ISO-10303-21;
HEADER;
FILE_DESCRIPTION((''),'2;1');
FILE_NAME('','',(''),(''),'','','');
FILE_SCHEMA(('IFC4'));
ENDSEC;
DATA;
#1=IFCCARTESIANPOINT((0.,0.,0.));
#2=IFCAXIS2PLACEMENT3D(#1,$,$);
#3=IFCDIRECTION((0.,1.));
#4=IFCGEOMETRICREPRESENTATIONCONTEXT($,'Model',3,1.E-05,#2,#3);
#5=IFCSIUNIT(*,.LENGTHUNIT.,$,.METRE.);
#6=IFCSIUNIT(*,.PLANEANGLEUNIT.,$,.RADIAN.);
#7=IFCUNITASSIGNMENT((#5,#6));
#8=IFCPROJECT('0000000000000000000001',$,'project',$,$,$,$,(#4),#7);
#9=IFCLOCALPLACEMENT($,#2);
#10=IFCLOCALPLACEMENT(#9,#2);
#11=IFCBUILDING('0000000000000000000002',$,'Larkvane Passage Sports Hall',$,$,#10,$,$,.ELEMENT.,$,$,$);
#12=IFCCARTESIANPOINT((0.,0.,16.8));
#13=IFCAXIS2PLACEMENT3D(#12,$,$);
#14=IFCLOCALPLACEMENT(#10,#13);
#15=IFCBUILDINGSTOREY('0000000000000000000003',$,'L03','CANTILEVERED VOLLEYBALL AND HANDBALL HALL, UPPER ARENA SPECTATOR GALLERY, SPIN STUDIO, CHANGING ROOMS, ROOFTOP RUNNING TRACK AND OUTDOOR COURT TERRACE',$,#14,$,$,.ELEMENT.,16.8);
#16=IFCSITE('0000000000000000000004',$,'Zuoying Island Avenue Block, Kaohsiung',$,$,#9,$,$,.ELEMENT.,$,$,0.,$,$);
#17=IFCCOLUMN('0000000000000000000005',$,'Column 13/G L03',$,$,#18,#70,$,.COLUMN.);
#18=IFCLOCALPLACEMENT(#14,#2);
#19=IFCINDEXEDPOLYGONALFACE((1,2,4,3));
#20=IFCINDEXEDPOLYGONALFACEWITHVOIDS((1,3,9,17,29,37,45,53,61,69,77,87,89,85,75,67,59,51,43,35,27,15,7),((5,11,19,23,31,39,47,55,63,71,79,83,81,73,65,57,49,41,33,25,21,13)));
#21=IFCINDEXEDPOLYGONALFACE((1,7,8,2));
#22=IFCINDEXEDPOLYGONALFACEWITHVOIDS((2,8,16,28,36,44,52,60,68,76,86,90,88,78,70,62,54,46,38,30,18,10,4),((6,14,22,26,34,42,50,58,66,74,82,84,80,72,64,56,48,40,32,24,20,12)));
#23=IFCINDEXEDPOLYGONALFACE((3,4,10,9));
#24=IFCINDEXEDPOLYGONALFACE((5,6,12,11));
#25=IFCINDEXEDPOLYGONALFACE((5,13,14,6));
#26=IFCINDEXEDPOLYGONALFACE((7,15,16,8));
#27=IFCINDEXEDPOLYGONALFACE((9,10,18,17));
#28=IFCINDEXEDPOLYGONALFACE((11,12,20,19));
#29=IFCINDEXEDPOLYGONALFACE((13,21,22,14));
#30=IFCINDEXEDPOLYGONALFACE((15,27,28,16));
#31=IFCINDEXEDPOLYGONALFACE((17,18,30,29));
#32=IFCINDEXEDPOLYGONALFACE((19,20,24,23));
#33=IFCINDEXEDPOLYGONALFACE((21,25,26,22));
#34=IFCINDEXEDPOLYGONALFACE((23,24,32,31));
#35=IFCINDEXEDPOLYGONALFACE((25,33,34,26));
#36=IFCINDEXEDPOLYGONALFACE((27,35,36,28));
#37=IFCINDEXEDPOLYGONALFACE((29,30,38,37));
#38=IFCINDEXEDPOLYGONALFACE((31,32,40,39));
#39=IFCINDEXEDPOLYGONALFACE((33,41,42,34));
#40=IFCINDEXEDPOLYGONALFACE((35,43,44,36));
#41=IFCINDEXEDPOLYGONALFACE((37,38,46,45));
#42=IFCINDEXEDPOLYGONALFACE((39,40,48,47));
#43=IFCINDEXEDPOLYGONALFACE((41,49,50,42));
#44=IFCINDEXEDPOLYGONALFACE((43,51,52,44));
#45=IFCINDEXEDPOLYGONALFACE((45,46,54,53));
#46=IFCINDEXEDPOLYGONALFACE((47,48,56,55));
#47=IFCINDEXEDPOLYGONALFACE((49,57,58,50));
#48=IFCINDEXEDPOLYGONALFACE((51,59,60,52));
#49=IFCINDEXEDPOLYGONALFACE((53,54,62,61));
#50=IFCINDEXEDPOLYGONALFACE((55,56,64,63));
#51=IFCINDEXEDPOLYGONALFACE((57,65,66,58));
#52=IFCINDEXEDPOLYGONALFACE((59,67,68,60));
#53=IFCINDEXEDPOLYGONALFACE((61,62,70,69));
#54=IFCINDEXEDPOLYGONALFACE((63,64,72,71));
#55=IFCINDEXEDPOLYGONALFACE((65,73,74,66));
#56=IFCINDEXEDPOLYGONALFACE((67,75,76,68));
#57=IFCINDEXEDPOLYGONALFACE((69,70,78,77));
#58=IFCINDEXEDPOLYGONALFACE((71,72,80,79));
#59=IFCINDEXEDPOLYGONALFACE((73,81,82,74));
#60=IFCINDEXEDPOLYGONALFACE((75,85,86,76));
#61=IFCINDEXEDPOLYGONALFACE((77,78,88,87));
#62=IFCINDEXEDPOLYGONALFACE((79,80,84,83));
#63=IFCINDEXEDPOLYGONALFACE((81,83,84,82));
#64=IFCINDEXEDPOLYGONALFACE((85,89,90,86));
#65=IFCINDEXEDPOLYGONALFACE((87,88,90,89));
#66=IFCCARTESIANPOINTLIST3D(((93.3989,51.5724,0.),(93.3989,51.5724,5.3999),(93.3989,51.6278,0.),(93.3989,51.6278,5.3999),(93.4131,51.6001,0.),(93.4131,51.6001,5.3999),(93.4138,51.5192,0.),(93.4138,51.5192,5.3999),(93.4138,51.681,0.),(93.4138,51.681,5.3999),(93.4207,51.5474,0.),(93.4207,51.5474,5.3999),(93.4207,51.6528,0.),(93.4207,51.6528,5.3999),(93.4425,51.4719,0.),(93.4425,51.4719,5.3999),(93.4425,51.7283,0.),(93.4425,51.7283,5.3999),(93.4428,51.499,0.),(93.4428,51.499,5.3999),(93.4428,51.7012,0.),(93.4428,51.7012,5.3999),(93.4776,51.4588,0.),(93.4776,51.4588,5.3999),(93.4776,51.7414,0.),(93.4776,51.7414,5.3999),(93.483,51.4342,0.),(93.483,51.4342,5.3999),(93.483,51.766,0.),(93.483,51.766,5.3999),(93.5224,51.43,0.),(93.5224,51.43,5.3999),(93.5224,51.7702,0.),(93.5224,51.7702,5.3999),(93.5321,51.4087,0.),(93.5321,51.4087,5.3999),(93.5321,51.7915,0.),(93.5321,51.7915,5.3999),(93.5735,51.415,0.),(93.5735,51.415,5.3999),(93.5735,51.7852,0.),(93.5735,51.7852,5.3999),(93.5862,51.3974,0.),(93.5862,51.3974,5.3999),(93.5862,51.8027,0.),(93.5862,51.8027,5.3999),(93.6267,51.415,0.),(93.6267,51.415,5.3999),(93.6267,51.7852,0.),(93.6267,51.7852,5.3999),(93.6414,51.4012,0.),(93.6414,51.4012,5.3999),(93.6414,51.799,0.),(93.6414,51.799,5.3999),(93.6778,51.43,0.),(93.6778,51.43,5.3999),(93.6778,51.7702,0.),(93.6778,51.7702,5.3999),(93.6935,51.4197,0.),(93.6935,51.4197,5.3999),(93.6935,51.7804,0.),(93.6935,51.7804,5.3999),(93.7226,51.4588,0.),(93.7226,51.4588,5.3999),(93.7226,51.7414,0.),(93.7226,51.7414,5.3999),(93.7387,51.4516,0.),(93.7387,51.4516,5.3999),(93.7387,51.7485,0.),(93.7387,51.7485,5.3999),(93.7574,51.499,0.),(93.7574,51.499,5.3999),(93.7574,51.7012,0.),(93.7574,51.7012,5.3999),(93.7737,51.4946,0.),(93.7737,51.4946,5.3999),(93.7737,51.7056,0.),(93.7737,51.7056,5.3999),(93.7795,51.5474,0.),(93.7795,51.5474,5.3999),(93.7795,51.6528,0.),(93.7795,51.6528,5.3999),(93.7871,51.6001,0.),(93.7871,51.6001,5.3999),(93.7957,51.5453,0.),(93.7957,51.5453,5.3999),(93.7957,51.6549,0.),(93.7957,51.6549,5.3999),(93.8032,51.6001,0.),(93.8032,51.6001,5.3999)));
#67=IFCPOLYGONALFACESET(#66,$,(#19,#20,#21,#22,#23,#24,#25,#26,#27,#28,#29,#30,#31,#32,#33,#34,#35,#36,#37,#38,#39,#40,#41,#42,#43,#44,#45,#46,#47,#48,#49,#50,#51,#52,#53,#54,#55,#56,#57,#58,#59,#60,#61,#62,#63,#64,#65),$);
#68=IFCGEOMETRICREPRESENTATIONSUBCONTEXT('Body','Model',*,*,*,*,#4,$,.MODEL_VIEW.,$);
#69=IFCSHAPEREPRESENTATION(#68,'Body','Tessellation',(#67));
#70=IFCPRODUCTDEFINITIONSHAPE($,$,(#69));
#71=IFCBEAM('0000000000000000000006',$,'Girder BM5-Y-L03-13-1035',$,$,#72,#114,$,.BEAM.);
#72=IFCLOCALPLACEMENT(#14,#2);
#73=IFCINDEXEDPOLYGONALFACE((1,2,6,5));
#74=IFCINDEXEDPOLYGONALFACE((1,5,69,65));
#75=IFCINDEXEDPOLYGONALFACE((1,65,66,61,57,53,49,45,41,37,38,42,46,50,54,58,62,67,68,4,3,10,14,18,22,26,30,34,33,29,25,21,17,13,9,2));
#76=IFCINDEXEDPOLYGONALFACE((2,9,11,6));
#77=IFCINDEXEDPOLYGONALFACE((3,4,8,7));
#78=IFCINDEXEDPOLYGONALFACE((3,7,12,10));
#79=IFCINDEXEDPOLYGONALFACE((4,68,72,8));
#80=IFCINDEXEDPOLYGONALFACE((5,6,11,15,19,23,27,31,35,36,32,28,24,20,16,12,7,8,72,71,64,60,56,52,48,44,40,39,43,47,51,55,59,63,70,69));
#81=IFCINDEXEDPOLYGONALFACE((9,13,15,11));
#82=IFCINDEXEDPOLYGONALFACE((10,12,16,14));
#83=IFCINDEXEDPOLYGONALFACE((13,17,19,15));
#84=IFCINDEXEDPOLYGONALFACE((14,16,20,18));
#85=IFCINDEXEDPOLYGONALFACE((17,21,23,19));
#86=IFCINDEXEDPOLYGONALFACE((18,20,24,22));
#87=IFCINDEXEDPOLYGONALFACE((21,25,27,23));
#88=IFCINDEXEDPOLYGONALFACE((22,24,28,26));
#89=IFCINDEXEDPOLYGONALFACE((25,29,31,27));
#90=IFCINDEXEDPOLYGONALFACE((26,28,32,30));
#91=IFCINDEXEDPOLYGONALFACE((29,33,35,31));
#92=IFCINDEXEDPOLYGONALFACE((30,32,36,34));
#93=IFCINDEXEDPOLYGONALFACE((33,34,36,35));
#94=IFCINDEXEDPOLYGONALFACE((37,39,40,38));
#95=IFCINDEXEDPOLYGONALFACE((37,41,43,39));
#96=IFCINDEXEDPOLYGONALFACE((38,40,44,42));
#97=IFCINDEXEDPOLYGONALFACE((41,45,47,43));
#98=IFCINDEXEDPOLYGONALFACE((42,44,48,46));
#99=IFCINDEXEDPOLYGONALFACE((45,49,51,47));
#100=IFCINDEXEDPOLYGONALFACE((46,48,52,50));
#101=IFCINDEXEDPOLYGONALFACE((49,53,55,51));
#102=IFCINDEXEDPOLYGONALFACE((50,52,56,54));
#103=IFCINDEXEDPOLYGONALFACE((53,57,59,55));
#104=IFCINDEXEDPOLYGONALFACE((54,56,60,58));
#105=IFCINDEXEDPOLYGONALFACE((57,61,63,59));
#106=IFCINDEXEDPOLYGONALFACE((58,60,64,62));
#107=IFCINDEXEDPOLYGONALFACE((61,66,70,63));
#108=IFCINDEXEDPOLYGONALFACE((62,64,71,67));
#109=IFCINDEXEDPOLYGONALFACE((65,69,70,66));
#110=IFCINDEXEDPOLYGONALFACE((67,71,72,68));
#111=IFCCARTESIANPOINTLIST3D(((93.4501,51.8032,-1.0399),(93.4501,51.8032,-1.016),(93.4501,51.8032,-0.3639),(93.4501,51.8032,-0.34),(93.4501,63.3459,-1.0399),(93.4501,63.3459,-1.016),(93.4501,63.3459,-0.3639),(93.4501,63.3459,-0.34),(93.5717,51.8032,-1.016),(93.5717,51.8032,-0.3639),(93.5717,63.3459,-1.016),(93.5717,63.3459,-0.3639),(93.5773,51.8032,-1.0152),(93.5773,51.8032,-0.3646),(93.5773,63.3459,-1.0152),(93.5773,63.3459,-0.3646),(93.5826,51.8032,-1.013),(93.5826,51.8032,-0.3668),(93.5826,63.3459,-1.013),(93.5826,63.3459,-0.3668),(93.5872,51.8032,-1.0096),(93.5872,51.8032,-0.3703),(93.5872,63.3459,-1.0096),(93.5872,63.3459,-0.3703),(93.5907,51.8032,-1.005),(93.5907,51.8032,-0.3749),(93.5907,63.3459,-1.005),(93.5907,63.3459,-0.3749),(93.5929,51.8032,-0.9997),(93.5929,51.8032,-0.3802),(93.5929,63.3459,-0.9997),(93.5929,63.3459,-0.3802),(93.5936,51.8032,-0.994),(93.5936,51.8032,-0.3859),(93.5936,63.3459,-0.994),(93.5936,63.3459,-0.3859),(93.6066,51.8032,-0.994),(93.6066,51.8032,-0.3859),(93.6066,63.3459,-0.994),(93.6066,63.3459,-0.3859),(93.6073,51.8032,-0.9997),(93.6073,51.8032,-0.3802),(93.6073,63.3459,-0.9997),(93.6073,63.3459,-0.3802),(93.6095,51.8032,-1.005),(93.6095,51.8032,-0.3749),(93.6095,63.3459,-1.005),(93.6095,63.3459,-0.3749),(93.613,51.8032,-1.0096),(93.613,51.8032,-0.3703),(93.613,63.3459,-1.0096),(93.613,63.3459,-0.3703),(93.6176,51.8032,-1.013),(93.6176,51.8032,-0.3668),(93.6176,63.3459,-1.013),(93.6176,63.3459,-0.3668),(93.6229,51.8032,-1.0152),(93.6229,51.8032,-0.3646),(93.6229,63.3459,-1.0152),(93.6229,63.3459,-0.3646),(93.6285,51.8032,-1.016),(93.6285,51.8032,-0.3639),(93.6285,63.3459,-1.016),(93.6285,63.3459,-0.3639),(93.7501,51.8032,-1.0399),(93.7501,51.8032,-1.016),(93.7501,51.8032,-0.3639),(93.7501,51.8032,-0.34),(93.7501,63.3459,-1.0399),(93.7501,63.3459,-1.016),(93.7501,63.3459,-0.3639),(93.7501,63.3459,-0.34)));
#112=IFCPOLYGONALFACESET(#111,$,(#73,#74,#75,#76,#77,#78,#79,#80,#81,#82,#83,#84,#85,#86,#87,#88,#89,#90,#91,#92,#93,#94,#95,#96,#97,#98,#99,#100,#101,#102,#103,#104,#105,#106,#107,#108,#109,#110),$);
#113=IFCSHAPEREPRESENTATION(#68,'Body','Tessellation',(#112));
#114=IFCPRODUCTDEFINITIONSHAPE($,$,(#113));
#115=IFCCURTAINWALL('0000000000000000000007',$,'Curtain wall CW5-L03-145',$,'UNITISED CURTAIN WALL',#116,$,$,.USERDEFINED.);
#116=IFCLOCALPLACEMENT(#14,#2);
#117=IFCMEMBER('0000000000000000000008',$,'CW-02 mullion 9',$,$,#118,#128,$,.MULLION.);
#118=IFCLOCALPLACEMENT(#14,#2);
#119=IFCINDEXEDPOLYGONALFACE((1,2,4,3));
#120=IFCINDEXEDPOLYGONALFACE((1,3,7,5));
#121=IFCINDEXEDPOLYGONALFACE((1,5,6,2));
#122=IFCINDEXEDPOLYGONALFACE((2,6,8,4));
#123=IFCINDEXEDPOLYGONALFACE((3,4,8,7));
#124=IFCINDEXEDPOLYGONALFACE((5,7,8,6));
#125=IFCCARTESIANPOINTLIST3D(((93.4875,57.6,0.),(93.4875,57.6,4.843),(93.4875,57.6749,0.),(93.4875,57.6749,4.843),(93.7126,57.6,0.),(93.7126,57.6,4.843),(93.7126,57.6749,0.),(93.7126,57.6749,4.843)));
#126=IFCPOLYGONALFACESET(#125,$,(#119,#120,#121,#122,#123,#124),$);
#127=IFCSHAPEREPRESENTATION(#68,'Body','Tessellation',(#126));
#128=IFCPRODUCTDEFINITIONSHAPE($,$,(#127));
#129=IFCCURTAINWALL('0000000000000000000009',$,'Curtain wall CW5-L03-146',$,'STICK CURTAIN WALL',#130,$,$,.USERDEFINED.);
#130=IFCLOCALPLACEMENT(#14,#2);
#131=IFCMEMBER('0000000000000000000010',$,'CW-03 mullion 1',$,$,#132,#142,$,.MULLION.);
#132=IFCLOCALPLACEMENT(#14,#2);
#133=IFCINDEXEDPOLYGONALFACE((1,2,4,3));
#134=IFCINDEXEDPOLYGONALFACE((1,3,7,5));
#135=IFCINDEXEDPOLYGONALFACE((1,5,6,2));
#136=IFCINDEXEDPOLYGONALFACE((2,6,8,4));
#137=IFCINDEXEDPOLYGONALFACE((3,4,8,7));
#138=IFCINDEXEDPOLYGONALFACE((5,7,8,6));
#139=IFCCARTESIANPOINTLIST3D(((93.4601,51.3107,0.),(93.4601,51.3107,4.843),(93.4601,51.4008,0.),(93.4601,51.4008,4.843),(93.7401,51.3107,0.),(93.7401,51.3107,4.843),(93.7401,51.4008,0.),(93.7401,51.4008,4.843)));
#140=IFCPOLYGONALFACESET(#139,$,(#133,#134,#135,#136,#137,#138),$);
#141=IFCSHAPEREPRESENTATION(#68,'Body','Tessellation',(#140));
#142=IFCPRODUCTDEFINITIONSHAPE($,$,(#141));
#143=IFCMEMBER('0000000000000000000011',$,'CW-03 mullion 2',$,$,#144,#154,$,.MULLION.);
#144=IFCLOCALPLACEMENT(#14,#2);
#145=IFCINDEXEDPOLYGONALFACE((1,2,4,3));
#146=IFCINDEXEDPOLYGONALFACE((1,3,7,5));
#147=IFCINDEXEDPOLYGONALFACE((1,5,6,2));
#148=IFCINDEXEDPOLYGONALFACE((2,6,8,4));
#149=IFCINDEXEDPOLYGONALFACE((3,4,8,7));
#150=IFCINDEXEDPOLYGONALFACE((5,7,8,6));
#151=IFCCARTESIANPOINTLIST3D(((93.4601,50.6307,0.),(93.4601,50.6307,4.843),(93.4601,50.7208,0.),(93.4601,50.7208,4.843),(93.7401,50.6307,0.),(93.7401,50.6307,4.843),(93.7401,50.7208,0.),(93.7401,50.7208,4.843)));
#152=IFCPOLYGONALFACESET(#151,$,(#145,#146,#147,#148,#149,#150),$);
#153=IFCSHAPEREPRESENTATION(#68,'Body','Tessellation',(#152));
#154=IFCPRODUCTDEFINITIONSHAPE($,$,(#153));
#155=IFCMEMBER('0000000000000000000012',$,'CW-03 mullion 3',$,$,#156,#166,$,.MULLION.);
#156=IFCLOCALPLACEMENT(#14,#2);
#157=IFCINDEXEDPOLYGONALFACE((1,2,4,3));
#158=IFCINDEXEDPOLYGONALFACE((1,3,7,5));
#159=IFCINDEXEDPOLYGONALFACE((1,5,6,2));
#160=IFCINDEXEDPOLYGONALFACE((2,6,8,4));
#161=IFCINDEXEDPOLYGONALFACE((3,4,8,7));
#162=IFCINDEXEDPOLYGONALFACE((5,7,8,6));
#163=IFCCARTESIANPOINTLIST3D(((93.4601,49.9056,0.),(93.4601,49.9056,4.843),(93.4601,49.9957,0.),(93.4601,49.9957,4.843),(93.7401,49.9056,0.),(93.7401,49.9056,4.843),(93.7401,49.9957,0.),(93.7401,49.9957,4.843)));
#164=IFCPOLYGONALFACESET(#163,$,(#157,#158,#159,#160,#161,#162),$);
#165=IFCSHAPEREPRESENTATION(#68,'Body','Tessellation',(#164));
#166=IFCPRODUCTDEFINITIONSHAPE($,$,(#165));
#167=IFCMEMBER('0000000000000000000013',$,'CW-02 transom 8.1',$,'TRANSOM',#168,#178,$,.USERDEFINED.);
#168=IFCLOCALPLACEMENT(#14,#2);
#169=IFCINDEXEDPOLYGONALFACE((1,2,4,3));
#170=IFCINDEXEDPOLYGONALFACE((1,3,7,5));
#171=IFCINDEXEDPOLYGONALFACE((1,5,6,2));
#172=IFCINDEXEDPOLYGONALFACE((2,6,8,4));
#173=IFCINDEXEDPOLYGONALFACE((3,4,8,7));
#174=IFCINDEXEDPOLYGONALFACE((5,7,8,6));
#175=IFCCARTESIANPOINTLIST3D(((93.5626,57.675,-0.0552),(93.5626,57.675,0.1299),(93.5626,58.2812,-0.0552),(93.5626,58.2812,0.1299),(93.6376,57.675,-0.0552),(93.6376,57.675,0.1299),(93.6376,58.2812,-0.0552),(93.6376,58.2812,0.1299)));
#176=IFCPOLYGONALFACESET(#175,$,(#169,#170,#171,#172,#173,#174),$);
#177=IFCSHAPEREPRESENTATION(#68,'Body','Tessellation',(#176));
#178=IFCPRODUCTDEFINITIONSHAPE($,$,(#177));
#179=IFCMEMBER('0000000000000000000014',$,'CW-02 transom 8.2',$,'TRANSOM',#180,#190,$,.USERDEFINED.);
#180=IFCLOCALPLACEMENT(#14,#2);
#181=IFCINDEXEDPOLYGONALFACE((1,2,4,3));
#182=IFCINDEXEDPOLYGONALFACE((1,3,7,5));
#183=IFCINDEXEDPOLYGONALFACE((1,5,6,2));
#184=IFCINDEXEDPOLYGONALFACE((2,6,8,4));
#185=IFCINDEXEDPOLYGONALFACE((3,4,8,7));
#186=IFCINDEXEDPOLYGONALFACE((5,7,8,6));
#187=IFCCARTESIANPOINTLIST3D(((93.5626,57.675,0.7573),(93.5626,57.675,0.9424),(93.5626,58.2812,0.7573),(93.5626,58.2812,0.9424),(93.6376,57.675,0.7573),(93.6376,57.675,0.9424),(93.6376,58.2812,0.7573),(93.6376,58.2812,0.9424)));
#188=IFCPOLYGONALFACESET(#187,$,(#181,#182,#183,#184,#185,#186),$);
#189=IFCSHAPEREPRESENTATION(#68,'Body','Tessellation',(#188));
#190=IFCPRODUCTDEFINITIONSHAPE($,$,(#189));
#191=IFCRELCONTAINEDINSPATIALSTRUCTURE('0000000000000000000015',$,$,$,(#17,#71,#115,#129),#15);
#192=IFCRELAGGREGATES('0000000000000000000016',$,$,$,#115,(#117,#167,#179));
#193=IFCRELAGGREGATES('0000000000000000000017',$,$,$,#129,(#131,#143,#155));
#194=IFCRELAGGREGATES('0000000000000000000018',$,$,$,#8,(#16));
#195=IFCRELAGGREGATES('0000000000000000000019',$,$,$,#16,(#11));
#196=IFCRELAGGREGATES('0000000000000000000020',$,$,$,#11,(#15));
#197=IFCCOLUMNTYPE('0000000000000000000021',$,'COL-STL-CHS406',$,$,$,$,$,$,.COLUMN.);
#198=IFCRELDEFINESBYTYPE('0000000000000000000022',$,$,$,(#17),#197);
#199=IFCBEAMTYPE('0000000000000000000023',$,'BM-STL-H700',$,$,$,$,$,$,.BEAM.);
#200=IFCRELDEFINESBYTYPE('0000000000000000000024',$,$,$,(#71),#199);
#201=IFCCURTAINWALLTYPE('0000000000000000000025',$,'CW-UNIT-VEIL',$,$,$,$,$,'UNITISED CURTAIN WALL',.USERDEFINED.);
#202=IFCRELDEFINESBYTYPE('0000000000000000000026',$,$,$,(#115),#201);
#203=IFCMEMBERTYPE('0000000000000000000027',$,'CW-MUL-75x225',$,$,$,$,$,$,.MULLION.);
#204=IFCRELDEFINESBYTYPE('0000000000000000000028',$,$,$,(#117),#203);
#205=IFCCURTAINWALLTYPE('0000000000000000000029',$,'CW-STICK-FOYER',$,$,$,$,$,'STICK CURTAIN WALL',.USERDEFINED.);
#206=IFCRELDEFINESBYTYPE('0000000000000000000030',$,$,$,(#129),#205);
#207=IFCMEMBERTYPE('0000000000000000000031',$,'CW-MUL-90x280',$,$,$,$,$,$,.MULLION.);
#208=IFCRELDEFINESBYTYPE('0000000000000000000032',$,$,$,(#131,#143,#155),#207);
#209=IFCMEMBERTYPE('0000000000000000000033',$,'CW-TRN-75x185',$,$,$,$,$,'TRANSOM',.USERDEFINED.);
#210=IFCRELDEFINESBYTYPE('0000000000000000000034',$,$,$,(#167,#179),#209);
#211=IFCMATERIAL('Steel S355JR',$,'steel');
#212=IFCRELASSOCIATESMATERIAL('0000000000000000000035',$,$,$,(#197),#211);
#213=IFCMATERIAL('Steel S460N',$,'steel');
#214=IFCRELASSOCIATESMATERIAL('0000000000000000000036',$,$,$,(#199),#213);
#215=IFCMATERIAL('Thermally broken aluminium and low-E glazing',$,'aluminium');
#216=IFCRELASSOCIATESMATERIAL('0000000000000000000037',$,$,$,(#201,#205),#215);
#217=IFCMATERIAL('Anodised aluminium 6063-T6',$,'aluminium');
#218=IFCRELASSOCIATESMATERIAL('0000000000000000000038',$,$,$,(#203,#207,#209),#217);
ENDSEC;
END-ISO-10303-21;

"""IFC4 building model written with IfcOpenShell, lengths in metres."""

from ifc_helpers import new_model, si_unit, direction, frame, origin, origin_2d, place, context, subcontext, project, spatial, rectangle, hollow_circle, i_section, extrude, material, material_profile, profile_set, type_object, element, aggregate, save


model = new_model("IFC4")

# Units and contexts
model_context = context("Model", 3, precision=1e-05, world=origin(), true_north=direction((0.0, 1.0)))
body_context = subcontext(model_context, "Body", "Model", "MODEL_VIEW")
ifc_project = project(units=[si_unit("LENGTHUNIT", "METRE"), si_unit("PLANEANGLEUNIT", "RADIAN")], contexts=[model_context])

# Site, building, storey
site_placement = place(None, origin())
site = spatial("IfcSite", under=ifc_project, at=site_placement, Name="Zuoying Island Avenue Block, Kaohsiung", CompositionType="ELEMENT", RefElevation=0.0)
building_placement = place(site_placement, origin())
building = spatial("IfcBuilding", under=site, at=building_placement, Name="Larkvane Passage Sports Hall", CompositionType="ELEMENT")
storey_placement = place(building_placement, frame((0.0, 0.0, 16.8)))
storey = spatial("IfcBuildingStorey", under=building, at=storey_placement, Name="L03", Description="CANTILEVERED VOLLEYBALL AND HANDBALL HALL, UPPER ARENA SPECTATOR GALLERY, SPIN STUDIO, CHANGING ROOMS, ROOFTOP RUNNING TRACK AND OUTDOOR COURT TERRACE", CompositionType="ELEMENT", Elevation=16.8)

# Column
ifc_material_1 = material(Name="Steel S355JR", Category="steel")
ifc_material_profile_1 = material_profile(ifc_material_1, hollow_circle(Radius=0.2031, WallThickness=0.0161, at=origin_2d()), Name="CHS-406.4x16.0")
ifc_profile_set_1 = profile_set([ifc_material_profile_1], Name="Steel S355JR")
column_type = type_object("IfcColumnType", Name="COL-STL-CHS406", PredefinedType="COLUMN", material=ifc_profile_set_1)
column_placement = place(storey_placement, frame((93.6001, 51.6001, 0.0), z_axis=(0.0, 0.0, 1.0), x_axis=(1.0, 0.0, 0.0)))
element("IfcColumn", 1, at=column_placement, inside=storey, type_object=column_type, Name="Column 13/G L03", PredefinedType="COLUMN", context=body_context, shape_type="SweptSolid", body=[
    extrude(hollow_circle(Radius=0.2031, WallThickness=0.0161, at=origin_2d()), origin(), (0.0, 0.0, 1.0), 5.3999),
])

# Beam
ifc_material_2 = material(Name="Steel S460N", Category="steel")
ifc_material_profile_2 = material_profile(ifc_material_2, i_section(OverallWidth=0.3, OverallDepth=0.7, WebThickness=0.0129, FlangeThickness=0.0239, FilletRadius=0.022, at=origin_2d()), Name="H-700x300x13x24")
ifc_profile_set_2 = profile_set([ifc_material_profile_2], Name="Steel S460N")
beam_type = type_object("IfcBeamType", Name="BM-STL-H700", PredefinedType="BEAM", material=ifc_profile_set_2)
beam_placement = place(storey_placement, frame((93.6001, 51.8032, -0.6899), z_axis=(0.0, 1.0, 0.0), x_axis=(-1.0, 0.0, 0.0)))
element("IfcBeam", 2, at=beam_placement, inside=storey, type_object=beam_type, Name="Girder BM5-Y-L03-13-1035", PredefinedType="BEAM", context=body_context, shape_type="SweptSolid", body=[
    extrude(i_section(OverallWidth=0.3, OverallDepth=0.7, WebThickness=0.0129, FlangeThickness=0.0239, FilletRadius=0.022, at=origin_2d()), origin(), (0.0, 0.0, 1.0), 11.5427),
])

# Curtain wall, member
ifc_material_3 = material(Name="Thermally broken aluminium and low-E glazing", Category="aluminium")
curtain_wall_type_1 = type_object("IfcCurtainWallType", Name="CW-UNIT-VEIL", ElementType="UNITISED CURTAIN WALL", PredefinedType="USERDEFINED", material=ifc_material_3)
curtain_wall_1_placement = place(storey_placement, origin())
curtain_wall_1 = element("IfcCurtainWall", 3, at=curtain_wall_1_placement, inside=storey, type_object=curtain_wall_type_1, Name="Curtain wall CW5-L03-145", ObjectType="UNITISED CURTAIN WALL", PredefinedType="USERDEFINED")
ifc_material_4 = material(Name="Anodised aluminium 6063-T6", Category="aluminium")
ifc_material_profile_3 = material_profile(ifc_material_4, rectangle(XDim=0.075, YDim=0.2251, at=origin_2d()), Name="ALU-MUL-75x225")
ifc_profile_set_3 = profile_set([ifc_material_profile_3], Name="Anodised aluminium 6063-T6")
member_type_1 = type_object("IfcMemberType", Name="CW-MUL-75x225", PredefinedType="MULLION", material=ifc_profile_set_3)
member_1_placement = place(storey_placement, frame((93.6001, 57.6375, 0.0), z_axis=(0.0, 0.0, 1.0), x_axis=(0.0, -1.0, 0.0)))
member_1 = element("IfcMember", 4, at=member_1_placement, type_object=member_type_1, Name="CW-02 mullion 9", PredefinedType="MULLION", context=body_context, shape_type="SweptSolid", body=[
    extrude(rectangle(XDim=0.075, YDim=0.2251, at=origin_2d()), origin(), (0.0, 0.0, 1.0), 4.843),
])

# Curtain wall, members
curtain_wall_type_2 = type_object("IfcCurtainWallType", Name="CW-STICK-FOYER", ElementType="STICK CURTAIN WALL", PredefinedType="USERDEFINED", material=ifc_material_3)
curtain_wall_2_placement = place(storey_placement, origin())
curtain_wall_2 = element("IfcCurtainWall", 5, at=curtain_wall_2_placement, inside=storey, type_object=curtain_wall_type_2, Name="Curtain wall CW5-L03-146", ObjectType="STICK CURTAIN WALL", PredefinedType="USERDEFINED")
ifc_material_profile_4 = material_profile(ifc_material_4, rectangle(XDim=0.0901, YDim=0.28, at=origin_2d()), Name="ALU-MUL-90x280")
ifc_profile_set_4 = profile_set([ifc_material_profile_4], Name="Anodised aluminium 6063-T6")
member_type_2 = type_object("IfcMemberType", Name="CW-MUL-90x280", PredefinedType="MULLION", material=ifc_profile_set_4)
member_2_placement = place(storey_placement, frame((93.6001, 51.3557, 0.0), z_axis=(0.0, 0.0, 1.0), x_axis=(0.0, -1.0, 0.0)))
member_2 = element("IfcMember", 6, at=member_2_placement, type_object=member_type_2, Name="CW-03 mullion 1", PredefinedType="MULLION", context=body_context, shape_type="SweptSolid", body=[
    extrude(rectangle(XDim=0.0901, YDim=0.28, at=origin_2d()), origin(), (0.0, 0.0, 1.0), 4.843),
])
member_3_placement = place(storey_placement, frame((93.6001, 50.6758, 0.0), z_axis=(0.0, 0.0, 1.0), x_axis=(0.0, -1.0, 0.0)))
member_3 = element("IfcMember", 7, at=member_3_placement, type_object=member_type_2, Name="CW-03 mullion 2", PredefinedType="MULLION", context=body_context, shape_type="SweptSolid", body=[
    extrude(rectangle(XDim=0.0901, YDim=0.28, at=origin_2d()), origin(), (0.0, 0.0, 1.0), 4.843),
])
member_4_placement = place(storey_placement, frame((93.6001, 49.9507, 0.0), z_axis=(0.0, 0.0, 1.0), x_axis=(0.0, -1.0, 0.0)))
member_4 = element("IfcMember", 8, at=member_4_placement, type_object=member_type_2, Name="CW-03 mullion 3", PredefinedType="MULLION", context=body_context, shape_type="SweptSolid", body=[
    extrude(rectangle(XDim=0.0901, YDim=0.28, at=origin_2d()), origin(), (0.0, 0.0, 1.0), 4.843),
])

# Members
ifc_material_profile_5 = material_profile(ifc_material_4, rectangle(XDim=0.075, YDim=0.1851, at=origin_2d()), Name="ALU-TRN-75x185")
ifc_profile_set_5 = profile_set([ifc_material_profile_5], Name="Anodised aluminium 6063-T6")
member_type_3 = type_object("IfcMemberType", Name="CW-TRN-75x185", ElementType="TRANSOM", PredefinedType="USERDEFINED", material=ifc_profile_set_5)
member_5_placement = place(storey_placement, frame((93.6001, 58.2812, 0.0374), z_axis=(0.0, -1.0, 0.0), x_axis=(1.0, 0.0, 0.0)))
member_5 = element("IfcMember", 9, at=member_5_placement, type_object=member_type_3, Name="CW-02 transom 8.1", ObjectType="TRANSOM", PredefinedType="USERDEFINED", context=body_context, shape_type="SweptSolid", body=[
    extrude(rectangle(XDim=0.075, YDim=0.1851, at=origin_2d()), origin(), (0.0, 0.0, 1.0), 0.6062),
])
member_6_placement = place(storey_placement, frame((93.6001, 58.2812, 0.8499), z_axis=(0.0, -1.0, 0.0), x_axis=(1.0, 0.0, 0.0)))
member_6 = element("IfcMember", 10, at=member_6_placement, type_object=member_type_3, Name="CW-02 transom 8.2", ObjectType="TRANSOM", PredefinedType="USERDEFINED", context=body_context, shape_type="SweptSolid", body=[
    extrude(rectangle(XDim=0.075, YDim=0.1851, at=origin_2d()), origin(), (0.0, 0.0, 1.0), 0.6062),
])

aggregate(curtain_wall_1, [member_1, member_5, member_6])
aggregate(curtain_wall_2, [member_2, member_3, member_4])

save(model, "model.ifc")
